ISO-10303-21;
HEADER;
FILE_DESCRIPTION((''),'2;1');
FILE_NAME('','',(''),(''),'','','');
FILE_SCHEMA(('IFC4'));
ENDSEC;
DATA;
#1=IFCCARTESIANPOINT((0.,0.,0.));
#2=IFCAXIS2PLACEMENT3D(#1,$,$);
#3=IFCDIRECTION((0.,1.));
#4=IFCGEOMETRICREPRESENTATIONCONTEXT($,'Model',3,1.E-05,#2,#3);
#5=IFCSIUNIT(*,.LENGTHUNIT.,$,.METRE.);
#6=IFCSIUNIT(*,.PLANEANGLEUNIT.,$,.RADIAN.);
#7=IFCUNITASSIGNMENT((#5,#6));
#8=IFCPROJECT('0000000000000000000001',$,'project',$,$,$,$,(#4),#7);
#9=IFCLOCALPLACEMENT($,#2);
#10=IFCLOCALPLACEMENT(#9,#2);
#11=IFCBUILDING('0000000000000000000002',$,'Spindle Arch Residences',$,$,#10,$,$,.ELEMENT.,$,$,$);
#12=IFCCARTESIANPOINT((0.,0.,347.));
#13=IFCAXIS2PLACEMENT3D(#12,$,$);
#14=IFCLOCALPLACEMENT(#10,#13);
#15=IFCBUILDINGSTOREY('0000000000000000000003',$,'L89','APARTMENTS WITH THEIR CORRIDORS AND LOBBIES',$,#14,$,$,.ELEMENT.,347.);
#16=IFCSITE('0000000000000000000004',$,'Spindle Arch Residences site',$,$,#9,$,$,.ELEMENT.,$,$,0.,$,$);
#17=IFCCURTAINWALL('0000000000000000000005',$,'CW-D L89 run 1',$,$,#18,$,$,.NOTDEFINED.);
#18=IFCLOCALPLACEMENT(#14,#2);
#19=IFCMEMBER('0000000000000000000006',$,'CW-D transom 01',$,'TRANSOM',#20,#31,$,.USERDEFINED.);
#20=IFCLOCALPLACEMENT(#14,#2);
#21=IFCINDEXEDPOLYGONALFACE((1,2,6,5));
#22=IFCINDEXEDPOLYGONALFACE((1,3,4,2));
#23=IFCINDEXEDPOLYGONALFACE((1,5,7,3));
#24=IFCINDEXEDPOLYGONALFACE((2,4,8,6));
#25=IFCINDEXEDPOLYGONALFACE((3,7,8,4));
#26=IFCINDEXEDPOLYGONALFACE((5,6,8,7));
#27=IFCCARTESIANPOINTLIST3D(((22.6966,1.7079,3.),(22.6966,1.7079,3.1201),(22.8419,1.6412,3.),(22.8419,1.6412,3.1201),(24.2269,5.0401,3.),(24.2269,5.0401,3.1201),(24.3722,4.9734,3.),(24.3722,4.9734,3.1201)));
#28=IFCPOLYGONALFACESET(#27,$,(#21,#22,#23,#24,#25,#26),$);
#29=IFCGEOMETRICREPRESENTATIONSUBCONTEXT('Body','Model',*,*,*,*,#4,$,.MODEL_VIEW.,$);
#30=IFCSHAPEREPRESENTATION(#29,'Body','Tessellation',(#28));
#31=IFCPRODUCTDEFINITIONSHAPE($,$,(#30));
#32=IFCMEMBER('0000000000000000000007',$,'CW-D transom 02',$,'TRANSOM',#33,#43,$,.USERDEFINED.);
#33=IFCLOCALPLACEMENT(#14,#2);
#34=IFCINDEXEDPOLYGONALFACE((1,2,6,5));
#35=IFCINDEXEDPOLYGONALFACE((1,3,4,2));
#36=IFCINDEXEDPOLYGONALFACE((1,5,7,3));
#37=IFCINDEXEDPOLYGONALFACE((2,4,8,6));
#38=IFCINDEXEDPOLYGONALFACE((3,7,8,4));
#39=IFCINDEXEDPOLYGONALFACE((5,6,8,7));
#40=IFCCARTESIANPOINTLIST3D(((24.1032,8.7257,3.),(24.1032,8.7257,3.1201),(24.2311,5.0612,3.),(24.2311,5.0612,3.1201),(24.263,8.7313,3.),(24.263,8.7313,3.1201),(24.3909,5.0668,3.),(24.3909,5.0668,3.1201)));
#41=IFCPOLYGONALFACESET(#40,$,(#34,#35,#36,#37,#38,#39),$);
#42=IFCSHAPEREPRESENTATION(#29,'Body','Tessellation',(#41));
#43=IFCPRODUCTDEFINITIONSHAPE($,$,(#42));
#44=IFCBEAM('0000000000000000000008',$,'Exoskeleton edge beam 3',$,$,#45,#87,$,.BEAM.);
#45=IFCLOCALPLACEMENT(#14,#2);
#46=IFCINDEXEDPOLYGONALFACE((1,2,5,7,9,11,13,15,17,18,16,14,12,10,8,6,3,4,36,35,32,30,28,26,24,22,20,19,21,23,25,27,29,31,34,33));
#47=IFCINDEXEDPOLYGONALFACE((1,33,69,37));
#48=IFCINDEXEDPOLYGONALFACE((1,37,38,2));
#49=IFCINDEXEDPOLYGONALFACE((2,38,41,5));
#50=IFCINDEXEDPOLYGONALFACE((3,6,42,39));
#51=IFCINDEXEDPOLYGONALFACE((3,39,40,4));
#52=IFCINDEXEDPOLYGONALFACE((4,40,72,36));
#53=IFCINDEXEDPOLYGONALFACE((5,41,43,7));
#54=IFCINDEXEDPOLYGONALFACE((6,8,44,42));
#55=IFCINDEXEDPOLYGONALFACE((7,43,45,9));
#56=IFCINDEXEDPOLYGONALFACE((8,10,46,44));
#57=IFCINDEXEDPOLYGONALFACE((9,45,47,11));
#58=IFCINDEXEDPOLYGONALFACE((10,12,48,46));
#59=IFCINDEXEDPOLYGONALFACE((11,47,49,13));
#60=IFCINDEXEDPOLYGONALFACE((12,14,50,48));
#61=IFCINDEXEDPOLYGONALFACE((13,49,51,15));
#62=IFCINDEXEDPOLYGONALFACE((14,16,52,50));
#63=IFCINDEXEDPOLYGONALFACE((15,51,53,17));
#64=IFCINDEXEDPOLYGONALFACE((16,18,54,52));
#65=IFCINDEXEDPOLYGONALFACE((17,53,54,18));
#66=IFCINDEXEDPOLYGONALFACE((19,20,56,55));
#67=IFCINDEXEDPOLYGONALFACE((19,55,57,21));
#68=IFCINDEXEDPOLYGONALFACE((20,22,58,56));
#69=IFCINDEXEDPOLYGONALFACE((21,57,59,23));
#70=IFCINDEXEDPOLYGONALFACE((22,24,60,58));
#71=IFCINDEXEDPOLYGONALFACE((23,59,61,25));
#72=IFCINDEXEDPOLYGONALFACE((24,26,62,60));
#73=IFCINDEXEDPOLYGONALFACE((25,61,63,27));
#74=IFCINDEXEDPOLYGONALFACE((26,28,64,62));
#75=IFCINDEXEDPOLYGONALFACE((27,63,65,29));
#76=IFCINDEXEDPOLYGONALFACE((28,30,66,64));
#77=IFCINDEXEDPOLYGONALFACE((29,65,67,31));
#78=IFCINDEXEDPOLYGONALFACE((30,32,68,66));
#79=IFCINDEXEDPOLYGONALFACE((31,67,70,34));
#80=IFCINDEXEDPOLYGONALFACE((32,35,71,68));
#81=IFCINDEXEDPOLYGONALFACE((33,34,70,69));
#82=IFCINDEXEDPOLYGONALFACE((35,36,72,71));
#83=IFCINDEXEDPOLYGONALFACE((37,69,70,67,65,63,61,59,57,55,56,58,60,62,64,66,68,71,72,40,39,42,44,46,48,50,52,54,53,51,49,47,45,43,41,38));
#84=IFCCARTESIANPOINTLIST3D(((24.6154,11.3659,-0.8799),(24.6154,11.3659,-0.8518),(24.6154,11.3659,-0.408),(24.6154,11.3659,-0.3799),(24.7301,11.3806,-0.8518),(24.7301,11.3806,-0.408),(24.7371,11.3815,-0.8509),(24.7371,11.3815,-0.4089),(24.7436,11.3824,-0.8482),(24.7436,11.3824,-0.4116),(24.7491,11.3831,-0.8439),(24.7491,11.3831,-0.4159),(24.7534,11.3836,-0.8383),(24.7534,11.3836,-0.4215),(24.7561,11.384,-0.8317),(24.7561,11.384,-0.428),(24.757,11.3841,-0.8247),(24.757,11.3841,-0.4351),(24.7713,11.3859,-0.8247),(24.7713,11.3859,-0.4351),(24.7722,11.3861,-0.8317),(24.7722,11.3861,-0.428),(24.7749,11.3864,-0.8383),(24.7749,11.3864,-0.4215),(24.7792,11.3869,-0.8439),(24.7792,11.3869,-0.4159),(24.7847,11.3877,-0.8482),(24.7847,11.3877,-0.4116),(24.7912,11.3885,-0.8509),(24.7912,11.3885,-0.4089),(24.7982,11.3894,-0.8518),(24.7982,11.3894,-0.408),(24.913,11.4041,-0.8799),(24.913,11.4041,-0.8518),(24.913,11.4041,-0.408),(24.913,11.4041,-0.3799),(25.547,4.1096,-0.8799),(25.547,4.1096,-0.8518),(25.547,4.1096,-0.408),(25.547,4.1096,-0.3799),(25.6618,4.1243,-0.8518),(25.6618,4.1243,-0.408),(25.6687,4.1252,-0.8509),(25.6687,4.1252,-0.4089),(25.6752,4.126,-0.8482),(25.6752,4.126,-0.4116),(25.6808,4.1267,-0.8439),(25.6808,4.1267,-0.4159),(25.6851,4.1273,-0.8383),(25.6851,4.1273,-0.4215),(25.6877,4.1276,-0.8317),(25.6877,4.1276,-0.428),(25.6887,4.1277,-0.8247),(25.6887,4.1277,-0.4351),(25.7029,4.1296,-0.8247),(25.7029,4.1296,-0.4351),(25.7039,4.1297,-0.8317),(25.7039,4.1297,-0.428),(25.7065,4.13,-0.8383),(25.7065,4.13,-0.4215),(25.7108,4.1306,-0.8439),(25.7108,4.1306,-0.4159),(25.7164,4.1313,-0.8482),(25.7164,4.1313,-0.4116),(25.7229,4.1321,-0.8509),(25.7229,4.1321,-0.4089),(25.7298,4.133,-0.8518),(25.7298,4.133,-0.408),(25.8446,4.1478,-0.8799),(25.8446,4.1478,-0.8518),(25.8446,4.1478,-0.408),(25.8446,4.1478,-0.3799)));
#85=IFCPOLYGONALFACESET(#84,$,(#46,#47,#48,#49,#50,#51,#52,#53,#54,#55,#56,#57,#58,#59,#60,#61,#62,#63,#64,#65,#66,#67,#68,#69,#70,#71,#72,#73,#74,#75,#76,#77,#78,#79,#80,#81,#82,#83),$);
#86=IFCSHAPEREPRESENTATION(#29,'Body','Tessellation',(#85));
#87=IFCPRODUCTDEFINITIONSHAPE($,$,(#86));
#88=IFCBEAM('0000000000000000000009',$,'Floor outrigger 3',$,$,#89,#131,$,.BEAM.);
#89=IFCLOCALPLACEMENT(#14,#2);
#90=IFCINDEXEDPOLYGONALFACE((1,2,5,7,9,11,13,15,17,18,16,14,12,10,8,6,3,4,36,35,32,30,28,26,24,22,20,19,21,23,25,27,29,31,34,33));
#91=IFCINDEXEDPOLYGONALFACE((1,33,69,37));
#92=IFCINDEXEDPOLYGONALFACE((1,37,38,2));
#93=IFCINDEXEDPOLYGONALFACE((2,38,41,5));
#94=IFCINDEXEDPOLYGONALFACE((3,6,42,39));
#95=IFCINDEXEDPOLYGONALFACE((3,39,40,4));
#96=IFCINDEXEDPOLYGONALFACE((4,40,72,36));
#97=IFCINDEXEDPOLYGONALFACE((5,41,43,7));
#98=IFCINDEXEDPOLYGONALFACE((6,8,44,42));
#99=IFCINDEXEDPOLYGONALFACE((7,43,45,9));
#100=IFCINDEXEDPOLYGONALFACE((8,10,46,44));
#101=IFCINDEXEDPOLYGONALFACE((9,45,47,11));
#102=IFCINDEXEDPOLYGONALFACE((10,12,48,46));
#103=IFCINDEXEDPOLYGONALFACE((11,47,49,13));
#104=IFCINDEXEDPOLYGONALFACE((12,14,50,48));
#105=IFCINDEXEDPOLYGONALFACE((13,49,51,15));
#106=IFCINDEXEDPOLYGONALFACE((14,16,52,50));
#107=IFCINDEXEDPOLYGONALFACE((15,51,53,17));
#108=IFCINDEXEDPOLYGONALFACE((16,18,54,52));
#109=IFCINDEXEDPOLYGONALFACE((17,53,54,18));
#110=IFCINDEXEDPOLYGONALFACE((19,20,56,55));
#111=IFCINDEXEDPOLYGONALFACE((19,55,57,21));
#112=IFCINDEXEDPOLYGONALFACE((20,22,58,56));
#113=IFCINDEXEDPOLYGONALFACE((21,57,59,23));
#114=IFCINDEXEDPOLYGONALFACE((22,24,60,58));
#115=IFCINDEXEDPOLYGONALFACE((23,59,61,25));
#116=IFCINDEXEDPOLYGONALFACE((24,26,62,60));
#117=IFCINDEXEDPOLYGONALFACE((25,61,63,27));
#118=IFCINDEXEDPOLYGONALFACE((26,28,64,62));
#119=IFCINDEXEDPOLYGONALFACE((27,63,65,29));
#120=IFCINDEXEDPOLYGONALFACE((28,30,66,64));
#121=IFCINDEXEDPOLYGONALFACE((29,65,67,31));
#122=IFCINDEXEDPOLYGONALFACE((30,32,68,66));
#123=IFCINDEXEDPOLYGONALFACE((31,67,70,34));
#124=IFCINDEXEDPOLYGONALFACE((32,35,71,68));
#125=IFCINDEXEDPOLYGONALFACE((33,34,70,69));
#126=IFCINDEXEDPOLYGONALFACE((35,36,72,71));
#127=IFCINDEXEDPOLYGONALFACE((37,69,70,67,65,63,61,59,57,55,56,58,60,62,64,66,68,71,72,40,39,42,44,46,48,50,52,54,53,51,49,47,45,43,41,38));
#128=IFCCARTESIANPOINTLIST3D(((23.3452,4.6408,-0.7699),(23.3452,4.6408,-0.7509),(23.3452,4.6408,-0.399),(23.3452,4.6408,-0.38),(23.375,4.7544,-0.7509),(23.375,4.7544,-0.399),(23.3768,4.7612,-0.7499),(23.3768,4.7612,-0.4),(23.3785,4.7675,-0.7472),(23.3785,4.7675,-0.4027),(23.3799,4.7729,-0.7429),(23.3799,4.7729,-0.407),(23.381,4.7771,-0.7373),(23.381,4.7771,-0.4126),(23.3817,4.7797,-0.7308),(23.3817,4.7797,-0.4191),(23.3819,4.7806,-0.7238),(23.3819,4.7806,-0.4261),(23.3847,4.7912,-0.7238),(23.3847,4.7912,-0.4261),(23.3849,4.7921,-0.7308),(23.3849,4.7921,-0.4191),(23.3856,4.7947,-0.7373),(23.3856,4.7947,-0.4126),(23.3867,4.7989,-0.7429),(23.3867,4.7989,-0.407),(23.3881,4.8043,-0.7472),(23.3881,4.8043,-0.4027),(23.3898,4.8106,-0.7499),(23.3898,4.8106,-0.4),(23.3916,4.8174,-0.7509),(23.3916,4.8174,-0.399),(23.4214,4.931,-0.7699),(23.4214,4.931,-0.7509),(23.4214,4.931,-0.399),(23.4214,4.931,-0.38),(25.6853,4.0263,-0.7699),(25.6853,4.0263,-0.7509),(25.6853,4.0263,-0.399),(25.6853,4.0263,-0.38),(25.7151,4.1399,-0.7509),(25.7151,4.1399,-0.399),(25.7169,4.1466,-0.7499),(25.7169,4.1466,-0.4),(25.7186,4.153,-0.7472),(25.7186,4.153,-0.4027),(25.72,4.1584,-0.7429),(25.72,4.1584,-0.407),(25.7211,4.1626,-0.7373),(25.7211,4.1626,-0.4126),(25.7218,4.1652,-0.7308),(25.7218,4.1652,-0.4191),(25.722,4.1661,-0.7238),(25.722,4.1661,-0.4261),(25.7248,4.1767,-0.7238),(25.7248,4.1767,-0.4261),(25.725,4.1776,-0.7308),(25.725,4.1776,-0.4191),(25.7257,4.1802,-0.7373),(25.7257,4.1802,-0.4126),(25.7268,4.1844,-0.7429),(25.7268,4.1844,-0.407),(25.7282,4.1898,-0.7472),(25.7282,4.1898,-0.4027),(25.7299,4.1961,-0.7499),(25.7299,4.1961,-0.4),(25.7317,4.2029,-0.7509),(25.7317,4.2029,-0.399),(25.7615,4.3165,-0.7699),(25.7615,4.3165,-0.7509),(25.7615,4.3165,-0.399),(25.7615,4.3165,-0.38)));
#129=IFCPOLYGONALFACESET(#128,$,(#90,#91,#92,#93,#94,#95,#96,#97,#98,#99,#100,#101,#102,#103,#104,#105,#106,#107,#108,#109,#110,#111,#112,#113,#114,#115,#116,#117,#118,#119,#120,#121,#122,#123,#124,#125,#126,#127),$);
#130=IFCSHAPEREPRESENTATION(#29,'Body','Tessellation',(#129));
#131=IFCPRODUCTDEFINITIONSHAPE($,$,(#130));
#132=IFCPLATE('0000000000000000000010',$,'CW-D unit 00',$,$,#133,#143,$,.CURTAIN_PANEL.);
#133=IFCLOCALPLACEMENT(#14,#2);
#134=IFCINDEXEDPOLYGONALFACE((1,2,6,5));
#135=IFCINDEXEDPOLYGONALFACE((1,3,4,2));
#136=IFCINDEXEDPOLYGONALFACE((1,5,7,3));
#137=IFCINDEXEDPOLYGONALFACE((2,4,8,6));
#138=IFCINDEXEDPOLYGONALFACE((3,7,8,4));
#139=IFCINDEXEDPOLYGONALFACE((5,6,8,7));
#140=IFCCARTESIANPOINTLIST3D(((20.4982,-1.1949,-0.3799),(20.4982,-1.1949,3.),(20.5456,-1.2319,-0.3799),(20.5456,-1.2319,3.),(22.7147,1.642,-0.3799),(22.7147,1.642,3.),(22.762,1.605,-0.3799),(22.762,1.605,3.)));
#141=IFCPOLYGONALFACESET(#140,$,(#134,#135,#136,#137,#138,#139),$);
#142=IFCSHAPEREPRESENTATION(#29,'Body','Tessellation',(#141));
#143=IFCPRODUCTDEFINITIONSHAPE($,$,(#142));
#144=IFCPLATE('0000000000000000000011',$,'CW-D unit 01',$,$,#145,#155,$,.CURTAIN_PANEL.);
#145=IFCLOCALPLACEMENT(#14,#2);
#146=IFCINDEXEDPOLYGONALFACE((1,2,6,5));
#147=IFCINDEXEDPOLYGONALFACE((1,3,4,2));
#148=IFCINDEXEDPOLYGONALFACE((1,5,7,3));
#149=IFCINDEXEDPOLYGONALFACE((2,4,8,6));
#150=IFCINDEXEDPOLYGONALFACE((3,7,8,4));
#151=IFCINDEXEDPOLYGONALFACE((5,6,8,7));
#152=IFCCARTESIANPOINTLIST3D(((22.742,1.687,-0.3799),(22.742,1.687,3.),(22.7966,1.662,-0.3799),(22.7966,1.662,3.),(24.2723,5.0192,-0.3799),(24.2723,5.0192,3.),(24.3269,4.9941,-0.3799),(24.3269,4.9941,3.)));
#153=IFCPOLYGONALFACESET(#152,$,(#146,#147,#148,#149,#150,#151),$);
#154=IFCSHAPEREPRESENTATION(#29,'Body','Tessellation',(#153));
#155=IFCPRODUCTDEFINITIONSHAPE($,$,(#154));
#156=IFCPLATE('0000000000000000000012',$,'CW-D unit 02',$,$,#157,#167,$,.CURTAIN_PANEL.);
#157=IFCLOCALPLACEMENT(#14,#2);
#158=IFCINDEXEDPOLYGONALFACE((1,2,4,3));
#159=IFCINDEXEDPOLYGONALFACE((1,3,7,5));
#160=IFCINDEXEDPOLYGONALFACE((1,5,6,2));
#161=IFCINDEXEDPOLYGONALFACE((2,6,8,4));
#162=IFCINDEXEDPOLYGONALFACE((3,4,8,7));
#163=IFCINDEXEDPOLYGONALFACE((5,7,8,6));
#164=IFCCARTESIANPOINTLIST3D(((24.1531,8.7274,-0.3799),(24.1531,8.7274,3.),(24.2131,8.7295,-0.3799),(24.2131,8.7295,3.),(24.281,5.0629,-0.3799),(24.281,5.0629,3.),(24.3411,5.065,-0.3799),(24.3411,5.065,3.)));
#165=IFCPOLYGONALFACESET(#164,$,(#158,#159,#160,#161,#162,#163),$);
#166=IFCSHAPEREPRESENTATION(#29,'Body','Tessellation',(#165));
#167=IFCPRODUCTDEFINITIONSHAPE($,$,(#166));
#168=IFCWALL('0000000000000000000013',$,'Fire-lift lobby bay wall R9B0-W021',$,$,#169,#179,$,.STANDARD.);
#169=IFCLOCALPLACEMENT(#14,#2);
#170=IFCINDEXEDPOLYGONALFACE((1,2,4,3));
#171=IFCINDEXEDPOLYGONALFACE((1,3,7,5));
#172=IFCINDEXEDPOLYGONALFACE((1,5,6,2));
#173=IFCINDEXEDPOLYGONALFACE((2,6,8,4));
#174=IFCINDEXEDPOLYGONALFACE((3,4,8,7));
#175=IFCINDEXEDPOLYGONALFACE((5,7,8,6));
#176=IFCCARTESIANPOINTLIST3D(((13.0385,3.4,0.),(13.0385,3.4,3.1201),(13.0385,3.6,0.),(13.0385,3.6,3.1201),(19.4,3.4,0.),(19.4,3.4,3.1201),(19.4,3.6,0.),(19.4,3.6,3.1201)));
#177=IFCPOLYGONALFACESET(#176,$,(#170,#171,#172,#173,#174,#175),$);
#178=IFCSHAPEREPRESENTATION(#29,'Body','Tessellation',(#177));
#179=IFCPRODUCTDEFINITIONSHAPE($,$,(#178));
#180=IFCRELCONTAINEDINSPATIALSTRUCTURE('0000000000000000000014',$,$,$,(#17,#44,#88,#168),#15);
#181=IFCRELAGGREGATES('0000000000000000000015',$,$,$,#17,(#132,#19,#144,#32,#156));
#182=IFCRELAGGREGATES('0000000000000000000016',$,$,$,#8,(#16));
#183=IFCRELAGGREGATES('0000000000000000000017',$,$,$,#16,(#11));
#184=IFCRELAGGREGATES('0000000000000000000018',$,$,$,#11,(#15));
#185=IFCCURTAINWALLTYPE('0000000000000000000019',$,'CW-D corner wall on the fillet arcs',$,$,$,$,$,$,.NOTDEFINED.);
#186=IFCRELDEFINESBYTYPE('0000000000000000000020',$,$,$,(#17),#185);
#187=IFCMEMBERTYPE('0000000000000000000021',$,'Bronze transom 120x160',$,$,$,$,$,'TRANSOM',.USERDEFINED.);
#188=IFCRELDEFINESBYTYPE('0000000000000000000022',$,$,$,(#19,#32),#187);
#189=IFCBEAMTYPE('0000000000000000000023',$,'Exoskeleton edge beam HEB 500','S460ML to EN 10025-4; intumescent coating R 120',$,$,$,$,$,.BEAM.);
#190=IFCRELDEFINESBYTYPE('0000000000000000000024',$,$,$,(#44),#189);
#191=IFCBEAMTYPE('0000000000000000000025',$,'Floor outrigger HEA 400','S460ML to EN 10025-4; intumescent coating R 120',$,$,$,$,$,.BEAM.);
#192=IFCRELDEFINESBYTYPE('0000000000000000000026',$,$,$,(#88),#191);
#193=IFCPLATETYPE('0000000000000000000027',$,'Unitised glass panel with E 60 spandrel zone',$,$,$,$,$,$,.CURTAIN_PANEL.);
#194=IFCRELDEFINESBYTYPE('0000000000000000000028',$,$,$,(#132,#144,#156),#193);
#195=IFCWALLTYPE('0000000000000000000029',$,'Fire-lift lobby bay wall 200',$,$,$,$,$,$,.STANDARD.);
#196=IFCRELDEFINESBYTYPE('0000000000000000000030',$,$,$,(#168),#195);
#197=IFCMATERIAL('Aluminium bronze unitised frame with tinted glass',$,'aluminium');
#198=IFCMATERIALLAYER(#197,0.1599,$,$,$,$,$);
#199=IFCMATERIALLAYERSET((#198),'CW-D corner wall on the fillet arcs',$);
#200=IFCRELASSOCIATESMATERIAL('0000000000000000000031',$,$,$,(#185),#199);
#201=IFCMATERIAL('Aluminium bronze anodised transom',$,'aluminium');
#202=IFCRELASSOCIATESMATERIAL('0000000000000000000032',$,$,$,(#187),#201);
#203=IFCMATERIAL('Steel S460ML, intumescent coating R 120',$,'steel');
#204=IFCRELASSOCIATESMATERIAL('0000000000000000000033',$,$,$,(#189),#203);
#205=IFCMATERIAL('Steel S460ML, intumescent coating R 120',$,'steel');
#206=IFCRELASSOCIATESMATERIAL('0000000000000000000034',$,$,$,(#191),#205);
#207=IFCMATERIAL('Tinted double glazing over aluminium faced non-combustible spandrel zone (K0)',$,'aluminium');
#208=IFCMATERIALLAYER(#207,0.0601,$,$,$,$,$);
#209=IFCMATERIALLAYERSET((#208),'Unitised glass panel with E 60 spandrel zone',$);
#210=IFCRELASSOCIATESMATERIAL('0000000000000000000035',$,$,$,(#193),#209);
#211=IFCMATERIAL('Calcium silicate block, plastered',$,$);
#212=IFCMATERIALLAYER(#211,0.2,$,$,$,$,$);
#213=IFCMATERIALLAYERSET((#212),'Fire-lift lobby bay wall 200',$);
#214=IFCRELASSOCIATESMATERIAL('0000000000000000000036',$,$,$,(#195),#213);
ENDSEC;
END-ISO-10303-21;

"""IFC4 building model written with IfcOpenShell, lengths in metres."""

from ifc_helpers import new_model, si_unit, direction, frame, frame_2d, origin, origin_2d, place, context, subcontext, project, spatial, rectangle, i_section, extrude, material, layer, layer_set, material_profile, profile_set, type_object, element, aggregate, save


model = new_model("IFC4")

# Units and contexts
model_context = context("Model", 3, precision=1e-05, world=origin(), true_north=direction((0.0, 1.0)))
body_context = subcontext(model_context, "Body", "Model", "MODEL_VIEW")
ifc_project = project(units=[si_unit("LENGTHUNIT", "METRE"), si_unit("PLANEANGLEUNIT", "RADIAN")], contexts=[model_context])

# Site, building, storey
site_placement = place(None, origin())
site = spatial("IfcSite", under=ifc_project, at=site_placement, Name="Spindle Arch Residences site", CompositionType="ELEMENT", RefElevation=0.0)
building_placement = place(site_placement, origin())
building = spatial("IfcBuilding", under=site, at=building_placement, Name="Spindle Arch Residences", CompositionType="ELEMENT")
storey_placement = place(building_placement, frame((0.0, 0.0, 347.0)))
storey = spatial("IfcBuildingStorey", under=building, at=storey_placement, Name="L89", Description="APARTMENTS WITH THEIR CORRIDORS AND LOBBIES", CompositionType="ELEMENT", Elevation=347.0)

# Curtain wall, members
ifc_material_1 = material(Name="Aluminium bronze unitised frame with tinted glass", Category="aluminium")
ifc_layer_1 = layer(ifc_material_1, 0.1599)
ifc_layer_set_1 = layer_set([ifc_layer_1], Name="CW-D corner wall on the fillet arcs")
curtain_wall_type = type_object("IfcCurtainWallType", Name="CW-D corner wall on the fillet arcs", PredefinedType="NOTDEFINED", material=ifc_layer_set_1)
curtain_wall_placement = place(storey_placement, origin())
curtain_wall = element("IfcCurtainWall", 1, at=curtain_wall_placement, inside=storey, type_object=curtain_wall_type, Name="CW-D L89 run 1", PredefinedType="NOTDEFINED")
ifc_material_2 = material(Name="Aluminium bronze anodised transom", Category="aluminium")
ifc_material_profile_1 = material_profile(ifc_material_2, rectangle(XDim=0.1599, YDim=0.1201, at=origin_2d()), Name="TR 120x160")
ifc_profile_set_1 = profile_set([ifc_material_profile_1], Name="Aluminium bronze anodised transom")
member_type_1 = type_object("IfcMemberType", Name="Bronze transom 120x160", ElementType="TRANSOM", PredefinedType="USERDEFINED", material=ifc_profile_set_1)
member_1_placement = place(storey_placement, frame((22.7693, 1.6746, 3.0601), z_axis=(0.417326, 0.908757, 0.0), x_axis=(-0.908757, 0.417326, 0.0)))
member_1 = element("IfcMember", 2, at=member_1_placement, type_object=member_type_1, Name="CW-D transom 01", ObjectType="TRANSOM", PredefinedType="USERDEFINED", context=body_context, shape_type="SweptSolid", body=[
    extrude(rectangle(XDim=0.1599, YDim=0.1201, at=origin_2d()), origin(), (0.0, 0.0, 1.0), 3.6667),
])
member_2_placement = place(storey_placement, frame((24.311, 5.064, 3.0601), z_axis=(-0.034889, 0.999391, 0.0), x_axis=(-0.999391, -0.034889, 0.0)))
member_2 = element("IfcMember", 3, at=member_2_placement, type_object=member_type_1, Name="CW-D transom 02", ObjectType="TRANSOM", PredefinedType="USERDEFINED", context=body_context, shape_type="SweptSolid", body=[
    extrude(rectangle(XDim=0.1599, YDim=0.1201, at=origin_2d()), origin(), (0.0, 0.0, 1.0), 3.6667),
])

# Beams
ifc_material_3 = material(Name="Steel S460ML, intumescent coating R 120", Category="steel")
ifc_material_profile_2 = material_profile(ifc_material_3, i_section(OverallWidth=0.3, OverallDepth=0.5, WebThickness=0.0144, FlangeThickness=0.0281, FilletRadius=0.0271, at=origin_2d()), Name="HEB 500")
ifc_profile_set_2 = profile_set([ifc_material_profile_2], Name="Steel S460ML, intumescent coating R 120")
beam_type_1 = type_object("IfcBeamType", Name="Exoskeleton edge beam HEB 500", Description="S460ML to EN 10025-4; intumescent coating R 120", PredefinedType="BEAM", material=ifc_profile_set_2)
beam_1_placement = place(storey_placement, frame((25.6958, 4.1287, -0.6299), z_axis=(-0.127344, 0.991859, 0.0), x_axis=(-0.991859, -0.127344, 0.0)))
element("IfcBeam", 4, at=beam_1_placement, inside=storey, type_object=beam_type_1, Name="Exoskeleton edge beam 3", PredefinedType="BEAM", context=body_context, shape_type="SweptSolid", body=[
    extrude(i_section(OverallWidth=0.3, OverallDepth=0.5, WebThickness=0.0144, FlangeThickness=0.0281, FilletRadius=0.0271, at=origin_2d()), origin(), (0.0, 0.0, 1.0), 7.3159),
])
ifc_material_4 = material(Name="Steel S460ML, intumescent coating R 120", Category="steel")
ifc_material_profile_3 = material_profile(ifc_material_4, i_section(OverallWidth=0.3, OverallDepth=0.3899, WebThickness=0.011, FlangeThickness=0.019, FilletRadius=0.0271, at=origin_2d()), Name="HEA 400")
ifc_profile_set_3 = profile_set([ifc_material_profile_3], Name="Steel S460ML, intumescent coating R 120")
beam_type_2 = type_object("IfcBeamType", Name="Floor outrigger HEA 400", Description="S460ML to EN 10025-4; intumescent coating R 120", PredefinedType="BEAM", material=ifc_profile_set_3)
beam_2_placement = place(storey_placement, frame((25.7234, 4.1714, -0.575), z_axis=(-0.967208, 0.253987, 0.0), x_axis=(-0.253987, -0.967208, 0.0)))
element("IfcBeam", 5, at=beam_2_placement, inside=storey, type_object=beam_type_2, Name="Floor outrigger 3", PredefinedType="BEAM", context=body_context, shape_type="SweptSolid", body=[
    extrude(i_section(OverallWidth=0.3, OverallDepth=0.3899, WebThickness=0.011, FlangeThickness=0.019, FilletRadius=0.0271, at=origin_2d()), origin(), (0.0, 0.0, 1.0), 2.4194),
])

# Plates
ifc_material_5 = material(Name="Tinted double glazing over aluminium faced non-combustible spandrel zone (K0)", Category="aluminium")
ifc_layer_2 = layer(ifc_material_5, 0.0601)
ifc_layer_set_2 = layer_set([ifc_layer_2], Name="Unitised glass panel with E 60 spandrel zone")
plate_type = type_object("IfcPlateType", Name="Unitised glass panel with E 60 spandrel zone", PredefinedType="CURTAIN_PANEL", material=ifc_layer_set_2)
plate_1_placement = place(storey_placement, frame((21.6301, 0.2051, -0.3799), z_axis=(0.0, 0.0, 1.0), x_axis=(0.615661, 0.788011, 0.0)))
plate_1 = element("IfcPlate", 6, at=plate_1_placement, type_object=plate_type, Name="CW-D unit 00", PredefinedType="CURTAIN_PANEL", context=body_context, shape_type="SweptSolid", body=[
    extrude(rectangle(XDim=3.6001, YDim=0.0601, at=origin_2d()), origin(), (0.0, 0.0, 1.0), 3.3799),
])
plate_2_placement = place(storey_placement, frame((23.5344, 3.3406, -0.3799), z_axis=(0.0, 0.0, 1.0), x_axis=(0.417338, 0.908751, 0.0)))
plate_2 = element("IfcPlate", 7, at=plate_2_placement, type_object=plate_type, Name="CW-D unit 01", PredefinedType="CURTAIN_PANEL", context=body_context, shape_type="SweptSolid", body=[
    extrude(rectangle(XDim=3.6667, YDim=0.0601, at=origin_2d()), origin(), (0.0, 0.0, 1.0), 3.3799),
])
plate_3_placement = place(storey_placement, frame((24.2471, 6.8962, -0.3799), z_axis=(0.0, 0.0, 1.0), x_axis=(-0.034899, 0.999391, 0.0)))
plate_3 = element("IfcPlate", 8, at=plate_3_placement, type_object=plate_type, Name="CW-D unit 02", PredefinedType="CURTAIN_PANEL", context=body_context, shape_type="SweptSolid", body=[
    extrude(rectangle(XDim=3.6667, YDim=0.0601, at=origin_2d()), origin(), (0.0, 0.0, 1.0), 3.3799),
])
aggregate(curtain_wall, [plate_1, member_1, plate_2, member_2, plate_3])

# Wall
ifc_material_6 = material(Name="Calcium silicate block, plastered")
ifc_layer_3 = layer(ifc_material_6, 0.2)
ifc_layer_set_3 = layer_set([ifc_layer_3], Name="Fire-lift lobby bay wall 200")
wall_type_1 = type_object("IfcWallType", Name="Fire-lift lobby bay wall 200", PredefinedType="STANDARD", material=ifc_layer_set_3)
wall_1_placement = place(storey_placement, frame((19.3999, 3.5, 0.0), z_axis=(0.0, 0.0, 1.0), x_axis=(-1.0, 0.0, 0.0)))
element("IfcWall", 9, at=wall_1_placement, inside=storey, type_object=wall_type_1, Name="Fire-lift lobby bay wall R9B0-W021", PredefinedType="STANDARD", context=body_context, shape_type="SweptSolid", body=[
    extrude(rectangle(XDim=6.3616, YDim=0.2, at=frame_2d((3.1807, 0.0))), origin(), (0.0, 0.0, 1.0), 3.1201),
])

save(model, "model.ifc")
